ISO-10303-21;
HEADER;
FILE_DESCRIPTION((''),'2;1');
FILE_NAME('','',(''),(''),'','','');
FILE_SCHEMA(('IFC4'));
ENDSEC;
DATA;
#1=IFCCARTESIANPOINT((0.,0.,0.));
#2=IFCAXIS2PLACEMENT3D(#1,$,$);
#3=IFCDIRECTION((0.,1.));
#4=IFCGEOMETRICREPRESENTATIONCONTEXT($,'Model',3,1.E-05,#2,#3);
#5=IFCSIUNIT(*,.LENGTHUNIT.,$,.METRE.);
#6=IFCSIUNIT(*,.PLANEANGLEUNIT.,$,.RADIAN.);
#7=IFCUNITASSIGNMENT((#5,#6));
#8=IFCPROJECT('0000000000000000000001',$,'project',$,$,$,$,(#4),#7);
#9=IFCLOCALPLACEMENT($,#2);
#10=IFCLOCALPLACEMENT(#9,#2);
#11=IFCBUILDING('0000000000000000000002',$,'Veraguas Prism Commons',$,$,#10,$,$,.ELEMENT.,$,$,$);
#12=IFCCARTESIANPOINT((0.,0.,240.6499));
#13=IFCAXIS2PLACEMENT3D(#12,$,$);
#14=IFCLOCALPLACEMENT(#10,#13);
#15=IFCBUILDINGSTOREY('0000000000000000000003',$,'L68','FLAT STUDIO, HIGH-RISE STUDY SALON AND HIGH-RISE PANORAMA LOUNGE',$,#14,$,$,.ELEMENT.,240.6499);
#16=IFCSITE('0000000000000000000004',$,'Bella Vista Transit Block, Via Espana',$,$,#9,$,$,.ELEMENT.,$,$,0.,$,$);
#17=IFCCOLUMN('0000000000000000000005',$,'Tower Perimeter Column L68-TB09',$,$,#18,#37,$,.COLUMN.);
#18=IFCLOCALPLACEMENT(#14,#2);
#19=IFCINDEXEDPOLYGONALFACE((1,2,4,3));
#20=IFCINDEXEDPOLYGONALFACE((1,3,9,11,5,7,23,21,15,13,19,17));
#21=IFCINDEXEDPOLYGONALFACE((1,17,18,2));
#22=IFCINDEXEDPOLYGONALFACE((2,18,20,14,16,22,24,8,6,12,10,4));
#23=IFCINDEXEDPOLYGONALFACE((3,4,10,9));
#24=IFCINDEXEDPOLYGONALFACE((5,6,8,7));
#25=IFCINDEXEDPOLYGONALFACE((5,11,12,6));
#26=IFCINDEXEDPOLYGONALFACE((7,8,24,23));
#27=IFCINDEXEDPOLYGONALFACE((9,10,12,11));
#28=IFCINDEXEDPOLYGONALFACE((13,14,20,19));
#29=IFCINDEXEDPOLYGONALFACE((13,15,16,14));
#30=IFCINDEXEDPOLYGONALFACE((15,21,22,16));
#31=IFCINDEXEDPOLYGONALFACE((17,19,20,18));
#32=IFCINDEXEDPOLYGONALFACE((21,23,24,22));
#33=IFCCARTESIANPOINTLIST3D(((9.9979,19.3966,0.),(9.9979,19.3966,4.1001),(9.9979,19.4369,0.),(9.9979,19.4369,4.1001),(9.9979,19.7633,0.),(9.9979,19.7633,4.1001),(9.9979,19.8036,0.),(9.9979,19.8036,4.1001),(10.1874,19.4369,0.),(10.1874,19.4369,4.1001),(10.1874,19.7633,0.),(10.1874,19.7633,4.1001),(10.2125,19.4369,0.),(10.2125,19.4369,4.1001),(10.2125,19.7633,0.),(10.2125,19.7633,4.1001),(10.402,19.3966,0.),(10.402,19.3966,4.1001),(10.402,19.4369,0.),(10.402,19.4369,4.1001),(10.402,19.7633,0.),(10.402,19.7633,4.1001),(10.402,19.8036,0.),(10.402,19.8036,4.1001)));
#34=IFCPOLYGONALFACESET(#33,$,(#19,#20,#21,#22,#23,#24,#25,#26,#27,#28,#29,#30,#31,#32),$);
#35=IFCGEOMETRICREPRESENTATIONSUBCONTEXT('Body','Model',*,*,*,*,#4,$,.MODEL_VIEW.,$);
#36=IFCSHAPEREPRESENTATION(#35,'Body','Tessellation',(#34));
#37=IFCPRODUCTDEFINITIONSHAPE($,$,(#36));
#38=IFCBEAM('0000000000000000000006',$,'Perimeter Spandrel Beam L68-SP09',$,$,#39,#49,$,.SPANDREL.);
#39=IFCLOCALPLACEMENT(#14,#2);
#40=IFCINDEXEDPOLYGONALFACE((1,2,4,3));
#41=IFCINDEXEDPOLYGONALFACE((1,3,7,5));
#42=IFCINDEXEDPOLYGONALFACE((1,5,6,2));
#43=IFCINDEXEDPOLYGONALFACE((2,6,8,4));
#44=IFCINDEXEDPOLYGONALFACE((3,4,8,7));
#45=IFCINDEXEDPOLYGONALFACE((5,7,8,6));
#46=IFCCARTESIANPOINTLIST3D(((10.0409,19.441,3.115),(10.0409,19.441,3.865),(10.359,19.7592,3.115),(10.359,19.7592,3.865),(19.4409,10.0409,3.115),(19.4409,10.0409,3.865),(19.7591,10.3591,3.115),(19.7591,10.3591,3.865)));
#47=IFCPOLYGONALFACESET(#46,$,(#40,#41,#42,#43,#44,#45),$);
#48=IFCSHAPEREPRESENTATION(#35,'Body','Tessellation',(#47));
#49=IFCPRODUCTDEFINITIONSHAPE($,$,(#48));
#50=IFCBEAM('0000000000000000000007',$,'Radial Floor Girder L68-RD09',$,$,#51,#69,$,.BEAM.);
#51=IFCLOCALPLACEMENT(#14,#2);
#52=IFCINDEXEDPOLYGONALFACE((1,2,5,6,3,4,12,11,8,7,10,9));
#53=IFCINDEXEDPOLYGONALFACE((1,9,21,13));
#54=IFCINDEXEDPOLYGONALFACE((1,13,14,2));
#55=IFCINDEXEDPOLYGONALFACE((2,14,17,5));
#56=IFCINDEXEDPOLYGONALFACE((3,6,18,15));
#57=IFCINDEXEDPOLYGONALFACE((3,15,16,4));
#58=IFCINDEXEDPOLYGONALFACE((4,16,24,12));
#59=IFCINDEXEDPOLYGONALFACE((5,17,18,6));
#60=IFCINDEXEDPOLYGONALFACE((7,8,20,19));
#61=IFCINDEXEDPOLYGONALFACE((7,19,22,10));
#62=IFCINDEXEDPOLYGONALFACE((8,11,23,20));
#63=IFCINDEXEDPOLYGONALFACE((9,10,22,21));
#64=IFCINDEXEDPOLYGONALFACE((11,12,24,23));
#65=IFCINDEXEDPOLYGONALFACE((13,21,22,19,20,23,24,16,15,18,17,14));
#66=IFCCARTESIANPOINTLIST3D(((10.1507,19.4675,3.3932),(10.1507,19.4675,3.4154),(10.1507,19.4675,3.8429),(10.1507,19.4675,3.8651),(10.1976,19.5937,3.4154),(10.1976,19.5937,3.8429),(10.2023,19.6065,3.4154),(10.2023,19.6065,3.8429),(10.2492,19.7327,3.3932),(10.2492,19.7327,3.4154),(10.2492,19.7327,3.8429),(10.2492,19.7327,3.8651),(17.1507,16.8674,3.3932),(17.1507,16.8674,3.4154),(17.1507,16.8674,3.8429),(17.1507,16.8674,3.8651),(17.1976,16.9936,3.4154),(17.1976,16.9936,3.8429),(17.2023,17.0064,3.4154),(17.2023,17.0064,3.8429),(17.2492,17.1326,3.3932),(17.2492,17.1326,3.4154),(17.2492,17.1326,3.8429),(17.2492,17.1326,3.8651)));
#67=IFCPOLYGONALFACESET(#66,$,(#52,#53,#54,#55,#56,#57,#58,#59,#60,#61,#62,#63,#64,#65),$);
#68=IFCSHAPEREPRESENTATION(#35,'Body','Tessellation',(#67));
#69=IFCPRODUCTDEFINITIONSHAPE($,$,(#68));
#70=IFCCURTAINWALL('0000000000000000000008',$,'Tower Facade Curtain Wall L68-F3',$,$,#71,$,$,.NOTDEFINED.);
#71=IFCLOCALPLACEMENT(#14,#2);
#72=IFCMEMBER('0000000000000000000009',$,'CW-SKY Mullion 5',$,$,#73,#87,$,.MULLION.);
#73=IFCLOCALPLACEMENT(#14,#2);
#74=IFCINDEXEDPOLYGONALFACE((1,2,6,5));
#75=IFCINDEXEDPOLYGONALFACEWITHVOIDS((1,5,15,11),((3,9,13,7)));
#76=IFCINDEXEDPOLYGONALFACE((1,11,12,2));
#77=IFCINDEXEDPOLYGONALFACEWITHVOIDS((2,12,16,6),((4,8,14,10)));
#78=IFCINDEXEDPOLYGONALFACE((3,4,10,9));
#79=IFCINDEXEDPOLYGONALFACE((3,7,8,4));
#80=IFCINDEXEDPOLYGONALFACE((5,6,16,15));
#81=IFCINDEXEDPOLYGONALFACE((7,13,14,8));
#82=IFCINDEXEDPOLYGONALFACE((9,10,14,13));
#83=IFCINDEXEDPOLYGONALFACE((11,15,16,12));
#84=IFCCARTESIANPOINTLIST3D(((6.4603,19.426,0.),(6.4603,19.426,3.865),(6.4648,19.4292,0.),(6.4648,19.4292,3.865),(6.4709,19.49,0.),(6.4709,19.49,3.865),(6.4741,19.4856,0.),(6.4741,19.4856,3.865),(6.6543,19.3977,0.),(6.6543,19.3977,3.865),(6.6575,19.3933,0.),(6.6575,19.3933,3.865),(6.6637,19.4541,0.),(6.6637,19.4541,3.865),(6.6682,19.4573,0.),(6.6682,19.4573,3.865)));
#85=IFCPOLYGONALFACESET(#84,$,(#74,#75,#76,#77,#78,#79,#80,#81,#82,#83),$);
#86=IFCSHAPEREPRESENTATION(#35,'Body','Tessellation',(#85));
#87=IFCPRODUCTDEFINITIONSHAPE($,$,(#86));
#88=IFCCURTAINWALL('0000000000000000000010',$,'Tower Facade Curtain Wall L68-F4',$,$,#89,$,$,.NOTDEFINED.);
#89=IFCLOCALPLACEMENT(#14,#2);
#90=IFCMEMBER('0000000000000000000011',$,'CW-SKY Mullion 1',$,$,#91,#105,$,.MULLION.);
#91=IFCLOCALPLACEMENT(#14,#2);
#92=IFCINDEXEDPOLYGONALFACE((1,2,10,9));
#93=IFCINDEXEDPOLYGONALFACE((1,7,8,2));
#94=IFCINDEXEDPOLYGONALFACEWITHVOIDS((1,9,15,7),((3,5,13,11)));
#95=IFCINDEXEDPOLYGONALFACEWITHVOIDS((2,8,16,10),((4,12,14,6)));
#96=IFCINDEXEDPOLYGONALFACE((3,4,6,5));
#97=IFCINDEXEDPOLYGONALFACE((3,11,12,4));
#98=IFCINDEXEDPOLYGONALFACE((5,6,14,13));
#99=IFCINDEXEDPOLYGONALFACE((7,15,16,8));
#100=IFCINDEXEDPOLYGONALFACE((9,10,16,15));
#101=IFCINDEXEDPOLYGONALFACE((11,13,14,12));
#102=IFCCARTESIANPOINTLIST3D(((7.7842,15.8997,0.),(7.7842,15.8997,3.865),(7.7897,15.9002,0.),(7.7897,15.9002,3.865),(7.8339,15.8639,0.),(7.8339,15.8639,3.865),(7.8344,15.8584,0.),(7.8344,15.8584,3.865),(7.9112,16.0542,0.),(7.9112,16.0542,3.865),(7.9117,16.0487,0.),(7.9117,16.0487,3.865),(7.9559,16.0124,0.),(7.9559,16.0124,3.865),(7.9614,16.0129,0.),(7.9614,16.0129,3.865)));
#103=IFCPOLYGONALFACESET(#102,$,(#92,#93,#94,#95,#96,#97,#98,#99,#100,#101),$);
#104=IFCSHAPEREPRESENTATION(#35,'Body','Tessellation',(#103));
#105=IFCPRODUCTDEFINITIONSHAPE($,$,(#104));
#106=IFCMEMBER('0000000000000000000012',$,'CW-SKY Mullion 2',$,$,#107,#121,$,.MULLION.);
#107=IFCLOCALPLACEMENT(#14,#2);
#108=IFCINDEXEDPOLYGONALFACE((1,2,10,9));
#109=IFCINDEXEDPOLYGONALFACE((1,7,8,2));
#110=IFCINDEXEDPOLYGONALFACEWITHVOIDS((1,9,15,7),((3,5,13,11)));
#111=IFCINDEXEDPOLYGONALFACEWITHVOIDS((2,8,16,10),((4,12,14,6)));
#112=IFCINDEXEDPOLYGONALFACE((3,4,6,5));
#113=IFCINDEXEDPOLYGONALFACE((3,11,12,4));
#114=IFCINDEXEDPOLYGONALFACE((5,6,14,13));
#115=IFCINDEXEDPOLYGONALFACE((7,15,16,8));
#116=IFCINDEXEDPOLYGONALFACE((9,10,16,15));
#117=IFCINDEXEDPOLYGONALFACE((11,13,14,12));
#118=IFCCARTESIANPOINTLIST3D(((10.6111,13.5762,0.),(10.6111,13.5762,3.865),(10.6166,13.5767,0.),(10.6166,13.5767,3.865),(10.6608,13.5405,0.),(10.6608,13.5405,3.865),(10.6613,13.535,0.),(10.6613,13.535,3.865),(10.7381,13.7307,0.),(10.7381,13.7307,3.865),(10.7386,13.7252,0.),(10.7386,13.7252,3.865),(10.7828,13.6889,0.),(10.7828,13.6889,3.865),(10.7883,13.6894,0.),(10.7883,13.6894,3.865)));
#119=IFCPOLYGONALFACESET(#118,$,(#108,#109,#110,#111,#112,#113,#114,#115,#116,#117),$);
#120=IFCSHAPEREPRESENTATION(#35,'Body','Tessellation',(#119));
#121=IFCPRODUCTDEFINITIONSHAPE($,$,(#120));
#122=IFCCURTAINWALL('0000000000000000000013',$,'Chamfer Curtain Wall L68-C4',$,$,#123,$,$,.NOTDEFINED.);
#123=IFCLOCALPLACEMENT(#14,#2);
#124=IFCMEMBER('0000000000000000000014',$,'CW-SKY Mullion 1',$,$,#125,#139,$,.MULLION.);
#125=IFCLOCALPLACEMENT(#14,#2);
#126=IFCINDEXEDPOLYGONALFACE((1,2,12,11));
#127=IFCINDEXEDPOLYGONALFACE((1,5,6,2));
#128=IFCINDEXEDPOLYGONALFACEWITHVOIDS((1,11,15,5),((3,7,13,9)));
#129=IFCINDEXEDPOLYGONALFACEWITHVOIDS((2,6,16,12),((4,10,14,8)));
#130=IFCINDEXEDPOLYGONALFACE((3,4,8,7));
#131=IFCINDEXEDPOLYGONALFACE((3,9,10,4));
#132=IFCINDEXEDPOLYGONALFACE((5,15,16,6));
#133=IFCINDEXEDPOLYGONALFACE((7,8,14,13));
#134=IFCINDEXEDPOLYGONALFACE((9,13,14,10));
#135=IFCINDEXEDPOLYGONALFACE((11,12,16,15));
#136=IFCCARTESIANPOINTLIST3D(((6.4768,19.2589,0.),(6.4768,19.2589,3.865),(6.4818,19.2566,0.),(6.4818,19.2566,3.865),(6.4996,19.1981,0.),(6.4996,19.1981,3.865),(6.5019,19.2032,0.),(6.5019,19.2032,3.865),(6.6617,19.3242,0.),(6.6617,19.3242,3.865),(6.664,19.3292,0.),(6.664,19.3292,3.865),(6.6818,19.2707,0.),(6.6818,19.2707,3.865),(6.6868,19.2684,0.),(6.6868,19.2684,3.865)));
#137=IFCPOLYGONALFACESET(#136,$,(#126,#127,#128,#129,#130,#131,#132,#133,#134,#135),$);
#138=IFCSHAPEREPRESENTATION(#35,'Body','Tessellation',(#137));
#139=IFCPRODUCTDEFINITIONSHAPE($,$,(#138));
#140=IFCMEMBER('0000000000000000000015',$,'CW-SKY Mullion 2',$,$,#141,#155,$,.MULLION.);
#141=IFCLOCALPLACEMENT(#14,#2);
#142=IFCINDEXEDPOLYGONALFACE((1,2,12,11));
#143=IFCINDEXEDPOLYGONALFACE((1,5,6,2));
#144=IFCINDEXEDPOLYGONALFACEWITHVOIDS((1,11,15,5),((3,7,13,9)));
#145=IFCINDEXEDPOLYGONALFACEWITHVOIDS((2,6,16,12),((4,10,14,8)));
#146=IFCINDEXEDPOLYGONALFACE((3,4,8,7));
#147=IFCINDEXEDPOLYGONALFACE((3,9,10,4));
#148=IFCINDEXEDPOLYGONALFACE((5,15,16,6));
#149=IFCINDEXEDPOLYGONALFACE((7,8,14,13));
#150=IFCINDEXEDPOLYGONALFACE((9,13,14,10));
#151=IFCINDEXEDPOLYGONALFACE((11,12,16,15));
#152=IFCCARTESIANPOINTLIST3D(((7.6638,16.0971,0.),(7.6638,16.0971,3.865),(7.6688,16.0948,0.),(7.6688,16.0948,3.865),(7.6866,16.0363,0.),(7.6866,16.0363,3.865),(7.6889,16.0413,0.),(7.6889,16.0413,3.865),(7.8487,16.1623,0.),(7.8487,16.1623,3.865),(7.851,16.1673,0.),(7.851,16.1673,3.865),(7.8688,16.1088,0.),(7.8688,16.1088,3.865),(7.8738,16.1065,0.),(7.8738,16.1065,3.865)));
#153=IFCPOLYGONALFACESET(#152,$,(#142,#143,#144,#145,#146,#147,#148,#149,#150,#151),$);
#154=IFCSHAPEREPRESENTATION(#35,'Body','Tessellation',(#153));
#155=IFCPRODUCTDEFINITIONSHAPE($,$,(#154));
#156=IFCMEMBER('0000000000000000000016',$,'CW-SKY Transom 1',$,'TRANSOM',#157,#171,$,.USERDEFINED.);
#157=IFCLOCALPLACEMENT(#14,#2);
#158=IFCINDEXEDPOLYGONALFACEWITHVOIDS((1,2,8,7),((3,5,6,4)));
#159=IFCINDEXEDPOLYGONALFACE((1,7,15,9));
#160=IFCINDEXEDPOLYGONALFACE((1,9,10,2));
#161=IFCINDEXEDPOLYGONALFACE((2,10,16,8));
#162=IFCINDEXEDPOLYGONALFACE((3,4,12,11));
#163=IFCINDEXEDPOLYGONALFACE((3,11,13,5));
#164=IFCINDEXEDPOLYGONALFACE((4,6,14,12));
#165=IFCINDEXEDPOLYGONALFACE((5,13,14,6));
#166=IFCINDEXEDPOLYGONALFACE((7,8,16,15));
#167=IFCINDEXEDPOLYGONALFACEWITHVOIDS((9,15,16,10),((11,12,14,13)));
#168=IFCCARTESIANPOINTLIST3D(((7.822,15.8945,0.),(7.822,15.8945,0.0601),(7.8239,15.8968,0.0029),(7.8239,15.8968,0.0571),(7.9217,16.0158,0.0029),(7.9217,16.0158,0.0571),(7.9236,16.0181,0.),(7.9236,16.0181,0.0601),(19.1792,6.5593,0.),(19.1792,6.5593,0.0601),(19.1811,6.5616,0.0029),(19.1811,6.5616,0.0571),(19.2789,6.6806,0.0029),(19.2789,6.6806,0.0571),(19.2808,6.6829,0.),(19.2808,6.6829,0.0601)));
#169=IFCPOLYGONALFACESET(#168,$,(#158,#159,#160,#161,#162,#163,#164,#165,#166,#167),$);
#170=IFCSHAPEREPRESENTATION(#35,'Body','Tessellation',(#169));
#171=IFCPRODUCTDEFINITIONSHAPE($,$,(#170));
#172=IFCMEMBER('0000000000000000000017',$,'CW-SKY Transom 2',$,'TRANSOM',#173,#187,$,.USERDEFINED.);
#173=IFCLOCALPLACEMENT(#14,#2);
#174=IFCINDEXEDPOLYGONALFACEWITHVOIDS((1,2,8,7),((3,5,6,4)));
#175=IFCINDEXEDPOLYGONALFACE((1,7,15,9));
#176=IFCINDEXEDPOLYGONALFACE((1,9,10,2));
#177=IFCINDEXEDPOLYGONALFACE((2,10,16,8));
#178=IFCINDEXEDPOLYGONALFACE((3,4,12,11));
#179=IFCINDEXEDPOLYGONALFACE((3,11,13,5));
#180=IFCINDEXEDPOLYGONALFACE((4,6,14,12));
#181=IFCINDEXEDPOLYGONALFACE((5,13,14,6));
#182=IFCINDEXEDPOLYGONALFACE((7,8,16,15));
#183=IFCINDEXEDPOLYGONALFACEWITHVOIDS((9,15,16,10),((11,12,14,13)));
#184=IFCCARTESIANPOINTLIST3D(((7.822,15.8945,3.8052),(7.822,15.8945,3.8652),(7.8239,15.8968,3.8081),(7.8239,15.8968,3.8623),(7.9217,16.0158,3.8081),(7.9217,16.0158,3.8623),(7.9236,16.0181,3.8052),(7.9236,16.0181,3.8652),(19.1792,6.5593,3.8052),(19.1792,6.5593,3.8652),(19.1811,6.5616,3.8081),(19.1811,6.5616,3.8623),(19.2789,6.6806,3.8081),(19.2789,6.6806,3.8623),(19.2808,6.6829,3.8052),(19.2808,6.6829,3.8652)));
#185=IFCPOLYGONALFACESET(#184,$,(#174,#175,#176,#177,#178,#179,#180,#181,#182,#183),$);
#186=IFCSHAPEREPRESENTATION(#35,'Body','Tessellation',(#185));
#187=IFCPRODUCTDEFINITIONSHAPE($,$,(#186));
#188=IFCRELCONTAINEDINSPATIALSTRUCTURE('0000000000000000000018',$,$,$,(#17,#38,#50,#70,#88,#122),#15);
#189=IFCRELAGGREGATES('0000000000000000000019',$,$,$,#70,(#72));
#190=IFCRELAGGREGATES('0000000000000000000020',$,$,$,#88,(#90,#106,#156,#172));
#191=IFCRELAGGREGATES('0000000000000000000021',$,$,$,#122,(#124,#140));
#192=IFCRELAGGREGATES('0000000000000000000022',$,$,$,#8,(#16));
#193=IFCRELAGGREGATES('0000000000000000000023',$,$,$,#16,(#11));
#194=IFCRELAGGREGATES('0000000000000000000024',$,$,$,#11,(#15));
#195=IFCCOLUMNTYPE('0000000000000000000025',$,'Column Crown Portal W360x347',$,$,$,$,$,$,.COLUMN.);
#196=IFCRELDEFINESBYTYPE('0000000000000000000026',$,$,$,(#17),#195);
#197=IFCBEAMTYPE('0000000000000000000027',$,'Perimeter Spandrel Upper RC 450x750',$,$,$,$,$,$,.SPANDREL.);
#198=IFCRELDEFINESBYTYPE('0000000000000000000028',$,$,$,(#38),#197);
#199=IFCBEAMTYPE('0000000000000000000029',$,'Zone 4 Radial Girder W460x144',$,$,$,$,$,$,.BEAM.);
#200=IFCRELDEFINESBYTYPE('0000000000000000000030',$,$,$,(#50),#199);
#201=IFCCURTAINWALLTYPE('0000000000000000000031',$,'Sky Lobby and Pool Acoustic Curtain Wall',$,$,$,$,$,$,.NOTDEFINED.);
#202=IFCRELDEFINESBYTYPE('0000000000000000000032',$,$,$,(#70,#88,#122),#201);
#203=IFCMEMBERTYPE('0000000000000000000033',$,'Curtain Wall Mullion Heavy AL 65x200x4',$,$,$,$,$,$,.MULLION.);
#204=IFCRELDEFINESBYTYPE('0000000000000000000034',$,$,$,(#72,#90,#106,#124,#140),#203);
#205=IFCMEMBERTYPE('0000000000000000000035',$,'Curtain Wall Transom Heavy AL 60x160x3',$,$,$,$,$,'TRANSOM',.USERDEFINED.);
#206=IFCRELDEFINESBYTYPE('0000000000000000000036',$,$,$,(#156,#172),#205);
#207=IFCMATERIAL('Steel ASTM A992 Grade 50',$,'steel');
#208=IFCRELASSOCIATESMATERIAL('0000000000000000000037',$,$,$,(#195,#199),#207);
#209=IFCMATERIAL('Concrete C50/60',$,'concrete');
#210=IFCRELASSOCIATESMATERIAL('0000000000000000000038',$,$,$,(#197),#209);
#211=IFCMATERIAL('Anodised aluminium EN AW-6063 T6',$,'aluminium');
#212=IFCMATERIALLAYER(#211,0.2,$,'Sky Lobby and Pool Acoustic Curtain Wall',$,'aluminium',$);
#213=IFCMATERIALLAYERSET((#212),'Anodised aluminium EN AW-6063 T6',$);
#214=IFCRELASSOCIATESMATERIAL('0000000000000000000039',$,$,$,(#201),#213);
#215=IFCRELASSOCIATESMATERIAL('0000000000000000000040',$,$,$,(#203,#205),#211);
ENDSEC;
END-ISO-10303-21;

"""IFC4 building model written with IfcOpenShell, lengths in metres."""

from ifc_helpers import new_model, si_unit, direction, frame, origin, origin_2d, place, context, subcontext, project, spatial, rectangle, hollow_rectangle, i_section, extrude, source, transform, mapped, material, layer, layer_set, material_profile, profile_set, type_object, element, aggregate, save


model = new_model("IFC4")

# Units and contexts
model_context = context("Model", 3, precision=1e-05, world=origin(), true_north=direction((0.0, 1.0)))
body_context = subcontext(model_context, "Body", "Model", "MODEL_VIEW")
ifc_project = project(units=[si_unit("LENGTHUNIT", "METRE"), si_unit("PLANEANGLEUNIT", "RADIAN")], contexts=[model_context])

# Site, building, storey
site_placement = place(None, origin())
site = spatial("IfcSite", under=ifc_project, at=site_placement, Name="Bella Vista Transit Block, Via Espana", CompositionType="ELEMENT", RefElevation=0.0)
building_placement = place(site_placement, origin())
building = spatial("IfcBuilding", under=site, at=building_placement, Name="Veraguas Prism Commons", CompositionType="ELEMENT")
storey_placement = place(building_placement, frame((0.0, 0.0, 240.6499)))
storey = spatial("IfcBuildingStorey", under=building, at=storey_placement, Name="L68", Description="FLAT STUDIO, HIGH-RISE STUDY SALON AND HIGH-RISE PANORAMA LOUNGE", CompositionType="ELEMENT", Elevation=240.6499)

# Column
ifc_material_1 = material(Name="Steel ASTM A992 Grade 50", Category="steel")
ifc_material_profile_1 = material_profile(ifc_material_1, i_section(OverallWidth=0.4041, OverallDepth=0.407, WebThickness=0.0251, FlangeThickness=0.0403, at=origin_2d()), Name="W360X347")
ifc_profile_set_1 = profile_set([ifc_material_profile_1], Name="Steel ASTM A992 Grade 50")
column_type = type_object("IfcColumnType", Name="Column Crown Portal W360x347", PredefinedType="COLUMN", material=ifc_profile_set_1)
column_placement = place(storey_placement, frame((10.2, 19.6001, 0.0), z_axis=(0.0, 0.0, 1.0), x_axis=(1.0, 0.0, 0.0)))
element("IfcColumn", 1, at=column_placement, inside=storey, type_object=column_type, Name="Tower Perimeter Column L68-TB09", PredefinedType="COLUMN", context=body_context, shape_type="SweptSolid", body=[
    extrude(i_section(OverallWidth=0.4041, OverallDepth=0.407, WebThickness=0.0251, FlangeThickness=0.0403, at=origin_2d()), origin(), (0.0, 0.0, 1.0), 4.1001),
])

# Beams
ifc_material_2 = material(Name="Concrete C50/60", Category="concrete")
ifc_material_profile_2 = material_profile(ifc_material_2, rectangle(XDim=0.45, YDim=0.75, at=origin_2d()), Name="RC450X750")
ifc_profile_set_2 = profile_set([ifc_material_profile_2], Name="Concrete C50/60")
beam_type_1 = type_object("IfcBeamType", Name="Perimeter Spandrel Upper RC 450x750", PredefinedType="SPANDREL", material=ifc_profile_set_2)
beam_1_placement = place(storey_placement, frame((10.2, 19.6001, 3.49), z_axis=(0.707107, -0.707107, 0.0), x_axis=(0.707107, 0.707107, 0.0)))
element("IfcBeam", 2, at=beam_1_placement, inside=storey, type_object=beam_type_1, Name="Perimeter Spandrel Beam L68-SP09", PredefinedType="SPANDREL", context=body_context, shape_type="SweptSolid", body=[
    extrude(rectangle(XDim=0.45, YDim=0.75, at=origin_2d()), origin(), (0.0, 0.0, 1.0), 13.2937),
])
ifc_material_profile_3 = material_profile(ifc_material_1, i_section(OverallWidth=0.283, OverallDepth=0.4719, WebThickness=0.0137, FlangeThickness=0.0222, at=origin_2d()), Name="W460X144")
ifc_profile_set_3 = profile_set([ifc_material_profile_3], Name="Steel ASTM A992 Grade 50")
beam_type_2 = type_object("IfcBeamType", Name="Zone 4 Radial Girder W460x144", PredefinedType="BEAM", material=ifc_profile_set_3)
beam_2_placement = place(storey_placement, frame((10.2, 19.6001, 3.6292), z_axis=(0.937421, -0.348198, 0.0), x_axis=(0.348198, 0.937421, 0.0)))
element("IfcBeam", 3, at=beam_2_placement, inside=storey, type_object=beam_type_2, Name="Radial Floor Girder L68-RD09", PredefinedType="BEAM", context=body_context, shape_type="SweptSolid", body=[
    extrude(i_section(OverallWidth=0.283, OverallDepth=0.4719, WebThickness=0.0137, FlangeThickness=0.0222, at=origin_2d()), origin(), (0.0, 0.0, 1.0), 7.4673),
])

# Curtain wall, member
ifc_material_3 = material(Name="Anodised aluminium EN AW-6063 T6", Category="aluminium")
ifc_layer_1 = layer(ifc_material_3, 0.2, Name="Sky Lobby and Pool Acoustic Curtain Wall", Category="aluminium")
ifc_layer_set_1 = layer_set([ifc_layer_1], Name="Anodised aluminium EN AW-6063 T6")
curtain_wall_type = type_object("IfcCurtainWallType", Name="Sky Lobby and Pool Acoustic Curtain Wall", PredefinedType="NOTDEFINED", material=ifc_layer_set_1)
curtain_wall_1_placement = place(storey_placement, origin())
curtain_wall_1 = element("IfcCurtainWall", 4, at=curtain_wall_1_placement, inside=storey, type_object=curtain_wall_type, Name="Tower Facade Curtain Wall L68-F3", PredefinedType="NOTDEFINED")
ifc_material_profile_4 = material_profile(ifc_material_3, hollow_rectangle(XDim=0.0649, YDim=0.2, WallThickness=0.0039, at=origin_2d()), Name="AL65X200X4")
ifc_profile_set_4 = profile_set([ifc_material_profile_4], Name="Anodised aluminium EN AW-6063 T6")
member_type_1 = type_object("IfcMemberType", Name="Curtain Wall Mullion Heavy AL 65x200x4", PredefinedType="MULLION", material=ifc_profile_set_4)
shared_shape_1 = source(origin(), body_context, "Body", "SweptSolid", [
    extrude(hollow_rectangle(XDim=0.0649, YDim=0.2, WallThickness=0.0039, at=origin_2d()), origin(), (0.0, 0.0, 1.0), 3.865),
])
member_1_placement = place(storey_placement, frame((6.5642, 19.4417, 0.0), z_axis=(0.0, 0.0, 1.0), x_axis=(-0.16367, -0.986515, 0.0)))
member_1 = element("IfcMember", 5, at=member_1_placement, type_object=member_type_1, Name="CW-SKY Mullion 5", PredefinedType="MULLION", context=body_context, shape_type="MappedRepresentation", body=[
    mapped(shared_shape_1, transform((0.0, 0.0, 0.0), scale=1.0)),
])
aggregate(curtain_wall_1, [member_1])

# Curtain walls, members
curtain_wall_2_placement = place(storey_placement, origin())
curtain_wall_2 = element("IfcCurtainWall", 6, at=curtain_wall_2_placement, inside=storey, type_object=curtain_wall_type, Name="Tower Facade Curtain Wall L68-F4", PredefinedType="NOTDEFINED")
member_2_placement = place(storey_placement, frame((7.8728, 15.9563, 0.0), z_axis=(0.0, 0.0, 1.0), x_axis=(0.772514, -0.634998, 0.0)))
member_2 = element("IfcMember", 7, at=member_2_placement, type_object=member_type_1, Name="CW-SKY Mullion 1", PredefinedType="MULLION", context=body_context, shape_type="MappedRepresentation", body=[
    mapped(shared_shape_1, transform((0.0, 0.0, 0.0), scale=1.0)),
])
member_3_placement = place(storey_placement, frame((10.6997, 13.6328, 0.0), z_axis=(0.0, 0.0, 1.0), x_axis=(0.772514, -0.634998, 0.0)))
member_3 = element("IfcMember", 8, at=member_3_placement, type_object=member_type_1, Name="CW-SKY Mullion 2", PredefinedType="MULLION", context=body_context, shape_type="MappedRepresentation", body=[
    mapped(shared_shape_1, transform((0.0, 0.0, 0.0), scale=1.0)),
])
curtain_wall_3_placement = place(storey_placement, origin())
curtain_wall_3 = element("IfcCurtainWall", 9, at=curtain_wall_3_placement, inside=storey, type_object=curtain_wall_type, Name="Chamfer Curtain Wall L68-C4", PredefinedType="NOTDEFINED")
member_4_placement = place(storey_placement, frame((6.5818, 19.2637, 0.0), z_axis=(0.0, 0.0, 1.0), x_axis=(0.351492, -0.936191, 0.0)))
member_4 = element("IfcMember", 10, at=member_4_placement, type_object=member_type_1, Name="CW-SKY Mullion 1", PredefinedType="MULLION", context=body_context, shape_type="MappedRepresentation", body=[
    mapped(shared_shape_1, transform((0.0, 0.0, 0.0), scale=1.0)),
])
member_5_placement = place(storey_placement, frame((7.7688, 16.1018, 0.0), z_axis=(0.0, 0.0, 1.0), x_axis=(0.351492, -0.936191, 0.0)))
member_5 = element("IfcMember", 11, at=member_5_placement, type_object=member_type_1, Name="CW-SKY Mullion 2", PredefinedType="MULLION", context=body_context, shape_type="MappedRepresentation", body=[
    mapped(shared_shape_1, transform((0.0, 0.0, 0.0), scale=1.0)),
])

# Members
ifc_material_profile_5 = material_profile(ifc_material_3, hollow_rectangle(XDim=0.0601, YDim=0.1599, WallThickness=0.0029, at=origin_2d()), Name="AL60X160X3")
ifc_profile_set_5 = profile_set([ifc_material_profile_5], Name="Anodised aluminium EN AW-6063 T6")
member_type_2 = type_object("IfcMemberType", Name="Curtain Wall Transom Heavy AL 60x160x3", ElementType="TRANSOM", PredefinedType="USERDEFINED", material=ifc_profile_set_5)
shared_shape_2 = source(origin(), body_context, "Body", "SweptSolid", [
    extrude(hollow_rectangle(XDim=0.0601, YDim=0.1599, WallThickness=0.0029, at=origin_2d()), origin(), (0.0, 0.0, 1.0), 14.7014),
])
member_6_placement = place(storey_placement, frame((7.8728, 15.9563, 0.03), z_axis=(0.772523, -0.634987, 0.0), x_axis=(0.0, 0.0, 1.0)))
member_6 = element("IfcMember", 12, at=member_6_placement, type_object=member_type_2, Name="CW-SKY Transom 1", ObjectType="TRANSOM", PredefinedType="USERDEFINED", context=body_context, shape_type="MappedRepresentation", body=[
    mapped(shared_shape_2, transform((0.0, 0.0, 0.0), scale=1.0)),
])
member_7_placement = place(storey_placement, frame((7.8728, 15.9563, 3.8352), z_axis=(0.772523, -0.634987, 0.0), x_axis=(0.0, 0.0, 1.0)))
member_7 = element("IfcMember", 13, at=member_7_placement, type_object=member_type_2, Name="CW-SKY Transom 2", ObjectType="TRANSOM", PredefinedType="USERDEFINED", context=body_context, shape_type="MappedRepresentation", body=[
    mapped(shared_shape_2, transform((0.0, 0.0, 0.0), scale=1.0)),
])

aggregate(curtain_wall_2, [member_2, member_3, member_6, member_7])
aggregate(curtain_wall_3, [member_4, member_5])

save(model, "model.ifc")
